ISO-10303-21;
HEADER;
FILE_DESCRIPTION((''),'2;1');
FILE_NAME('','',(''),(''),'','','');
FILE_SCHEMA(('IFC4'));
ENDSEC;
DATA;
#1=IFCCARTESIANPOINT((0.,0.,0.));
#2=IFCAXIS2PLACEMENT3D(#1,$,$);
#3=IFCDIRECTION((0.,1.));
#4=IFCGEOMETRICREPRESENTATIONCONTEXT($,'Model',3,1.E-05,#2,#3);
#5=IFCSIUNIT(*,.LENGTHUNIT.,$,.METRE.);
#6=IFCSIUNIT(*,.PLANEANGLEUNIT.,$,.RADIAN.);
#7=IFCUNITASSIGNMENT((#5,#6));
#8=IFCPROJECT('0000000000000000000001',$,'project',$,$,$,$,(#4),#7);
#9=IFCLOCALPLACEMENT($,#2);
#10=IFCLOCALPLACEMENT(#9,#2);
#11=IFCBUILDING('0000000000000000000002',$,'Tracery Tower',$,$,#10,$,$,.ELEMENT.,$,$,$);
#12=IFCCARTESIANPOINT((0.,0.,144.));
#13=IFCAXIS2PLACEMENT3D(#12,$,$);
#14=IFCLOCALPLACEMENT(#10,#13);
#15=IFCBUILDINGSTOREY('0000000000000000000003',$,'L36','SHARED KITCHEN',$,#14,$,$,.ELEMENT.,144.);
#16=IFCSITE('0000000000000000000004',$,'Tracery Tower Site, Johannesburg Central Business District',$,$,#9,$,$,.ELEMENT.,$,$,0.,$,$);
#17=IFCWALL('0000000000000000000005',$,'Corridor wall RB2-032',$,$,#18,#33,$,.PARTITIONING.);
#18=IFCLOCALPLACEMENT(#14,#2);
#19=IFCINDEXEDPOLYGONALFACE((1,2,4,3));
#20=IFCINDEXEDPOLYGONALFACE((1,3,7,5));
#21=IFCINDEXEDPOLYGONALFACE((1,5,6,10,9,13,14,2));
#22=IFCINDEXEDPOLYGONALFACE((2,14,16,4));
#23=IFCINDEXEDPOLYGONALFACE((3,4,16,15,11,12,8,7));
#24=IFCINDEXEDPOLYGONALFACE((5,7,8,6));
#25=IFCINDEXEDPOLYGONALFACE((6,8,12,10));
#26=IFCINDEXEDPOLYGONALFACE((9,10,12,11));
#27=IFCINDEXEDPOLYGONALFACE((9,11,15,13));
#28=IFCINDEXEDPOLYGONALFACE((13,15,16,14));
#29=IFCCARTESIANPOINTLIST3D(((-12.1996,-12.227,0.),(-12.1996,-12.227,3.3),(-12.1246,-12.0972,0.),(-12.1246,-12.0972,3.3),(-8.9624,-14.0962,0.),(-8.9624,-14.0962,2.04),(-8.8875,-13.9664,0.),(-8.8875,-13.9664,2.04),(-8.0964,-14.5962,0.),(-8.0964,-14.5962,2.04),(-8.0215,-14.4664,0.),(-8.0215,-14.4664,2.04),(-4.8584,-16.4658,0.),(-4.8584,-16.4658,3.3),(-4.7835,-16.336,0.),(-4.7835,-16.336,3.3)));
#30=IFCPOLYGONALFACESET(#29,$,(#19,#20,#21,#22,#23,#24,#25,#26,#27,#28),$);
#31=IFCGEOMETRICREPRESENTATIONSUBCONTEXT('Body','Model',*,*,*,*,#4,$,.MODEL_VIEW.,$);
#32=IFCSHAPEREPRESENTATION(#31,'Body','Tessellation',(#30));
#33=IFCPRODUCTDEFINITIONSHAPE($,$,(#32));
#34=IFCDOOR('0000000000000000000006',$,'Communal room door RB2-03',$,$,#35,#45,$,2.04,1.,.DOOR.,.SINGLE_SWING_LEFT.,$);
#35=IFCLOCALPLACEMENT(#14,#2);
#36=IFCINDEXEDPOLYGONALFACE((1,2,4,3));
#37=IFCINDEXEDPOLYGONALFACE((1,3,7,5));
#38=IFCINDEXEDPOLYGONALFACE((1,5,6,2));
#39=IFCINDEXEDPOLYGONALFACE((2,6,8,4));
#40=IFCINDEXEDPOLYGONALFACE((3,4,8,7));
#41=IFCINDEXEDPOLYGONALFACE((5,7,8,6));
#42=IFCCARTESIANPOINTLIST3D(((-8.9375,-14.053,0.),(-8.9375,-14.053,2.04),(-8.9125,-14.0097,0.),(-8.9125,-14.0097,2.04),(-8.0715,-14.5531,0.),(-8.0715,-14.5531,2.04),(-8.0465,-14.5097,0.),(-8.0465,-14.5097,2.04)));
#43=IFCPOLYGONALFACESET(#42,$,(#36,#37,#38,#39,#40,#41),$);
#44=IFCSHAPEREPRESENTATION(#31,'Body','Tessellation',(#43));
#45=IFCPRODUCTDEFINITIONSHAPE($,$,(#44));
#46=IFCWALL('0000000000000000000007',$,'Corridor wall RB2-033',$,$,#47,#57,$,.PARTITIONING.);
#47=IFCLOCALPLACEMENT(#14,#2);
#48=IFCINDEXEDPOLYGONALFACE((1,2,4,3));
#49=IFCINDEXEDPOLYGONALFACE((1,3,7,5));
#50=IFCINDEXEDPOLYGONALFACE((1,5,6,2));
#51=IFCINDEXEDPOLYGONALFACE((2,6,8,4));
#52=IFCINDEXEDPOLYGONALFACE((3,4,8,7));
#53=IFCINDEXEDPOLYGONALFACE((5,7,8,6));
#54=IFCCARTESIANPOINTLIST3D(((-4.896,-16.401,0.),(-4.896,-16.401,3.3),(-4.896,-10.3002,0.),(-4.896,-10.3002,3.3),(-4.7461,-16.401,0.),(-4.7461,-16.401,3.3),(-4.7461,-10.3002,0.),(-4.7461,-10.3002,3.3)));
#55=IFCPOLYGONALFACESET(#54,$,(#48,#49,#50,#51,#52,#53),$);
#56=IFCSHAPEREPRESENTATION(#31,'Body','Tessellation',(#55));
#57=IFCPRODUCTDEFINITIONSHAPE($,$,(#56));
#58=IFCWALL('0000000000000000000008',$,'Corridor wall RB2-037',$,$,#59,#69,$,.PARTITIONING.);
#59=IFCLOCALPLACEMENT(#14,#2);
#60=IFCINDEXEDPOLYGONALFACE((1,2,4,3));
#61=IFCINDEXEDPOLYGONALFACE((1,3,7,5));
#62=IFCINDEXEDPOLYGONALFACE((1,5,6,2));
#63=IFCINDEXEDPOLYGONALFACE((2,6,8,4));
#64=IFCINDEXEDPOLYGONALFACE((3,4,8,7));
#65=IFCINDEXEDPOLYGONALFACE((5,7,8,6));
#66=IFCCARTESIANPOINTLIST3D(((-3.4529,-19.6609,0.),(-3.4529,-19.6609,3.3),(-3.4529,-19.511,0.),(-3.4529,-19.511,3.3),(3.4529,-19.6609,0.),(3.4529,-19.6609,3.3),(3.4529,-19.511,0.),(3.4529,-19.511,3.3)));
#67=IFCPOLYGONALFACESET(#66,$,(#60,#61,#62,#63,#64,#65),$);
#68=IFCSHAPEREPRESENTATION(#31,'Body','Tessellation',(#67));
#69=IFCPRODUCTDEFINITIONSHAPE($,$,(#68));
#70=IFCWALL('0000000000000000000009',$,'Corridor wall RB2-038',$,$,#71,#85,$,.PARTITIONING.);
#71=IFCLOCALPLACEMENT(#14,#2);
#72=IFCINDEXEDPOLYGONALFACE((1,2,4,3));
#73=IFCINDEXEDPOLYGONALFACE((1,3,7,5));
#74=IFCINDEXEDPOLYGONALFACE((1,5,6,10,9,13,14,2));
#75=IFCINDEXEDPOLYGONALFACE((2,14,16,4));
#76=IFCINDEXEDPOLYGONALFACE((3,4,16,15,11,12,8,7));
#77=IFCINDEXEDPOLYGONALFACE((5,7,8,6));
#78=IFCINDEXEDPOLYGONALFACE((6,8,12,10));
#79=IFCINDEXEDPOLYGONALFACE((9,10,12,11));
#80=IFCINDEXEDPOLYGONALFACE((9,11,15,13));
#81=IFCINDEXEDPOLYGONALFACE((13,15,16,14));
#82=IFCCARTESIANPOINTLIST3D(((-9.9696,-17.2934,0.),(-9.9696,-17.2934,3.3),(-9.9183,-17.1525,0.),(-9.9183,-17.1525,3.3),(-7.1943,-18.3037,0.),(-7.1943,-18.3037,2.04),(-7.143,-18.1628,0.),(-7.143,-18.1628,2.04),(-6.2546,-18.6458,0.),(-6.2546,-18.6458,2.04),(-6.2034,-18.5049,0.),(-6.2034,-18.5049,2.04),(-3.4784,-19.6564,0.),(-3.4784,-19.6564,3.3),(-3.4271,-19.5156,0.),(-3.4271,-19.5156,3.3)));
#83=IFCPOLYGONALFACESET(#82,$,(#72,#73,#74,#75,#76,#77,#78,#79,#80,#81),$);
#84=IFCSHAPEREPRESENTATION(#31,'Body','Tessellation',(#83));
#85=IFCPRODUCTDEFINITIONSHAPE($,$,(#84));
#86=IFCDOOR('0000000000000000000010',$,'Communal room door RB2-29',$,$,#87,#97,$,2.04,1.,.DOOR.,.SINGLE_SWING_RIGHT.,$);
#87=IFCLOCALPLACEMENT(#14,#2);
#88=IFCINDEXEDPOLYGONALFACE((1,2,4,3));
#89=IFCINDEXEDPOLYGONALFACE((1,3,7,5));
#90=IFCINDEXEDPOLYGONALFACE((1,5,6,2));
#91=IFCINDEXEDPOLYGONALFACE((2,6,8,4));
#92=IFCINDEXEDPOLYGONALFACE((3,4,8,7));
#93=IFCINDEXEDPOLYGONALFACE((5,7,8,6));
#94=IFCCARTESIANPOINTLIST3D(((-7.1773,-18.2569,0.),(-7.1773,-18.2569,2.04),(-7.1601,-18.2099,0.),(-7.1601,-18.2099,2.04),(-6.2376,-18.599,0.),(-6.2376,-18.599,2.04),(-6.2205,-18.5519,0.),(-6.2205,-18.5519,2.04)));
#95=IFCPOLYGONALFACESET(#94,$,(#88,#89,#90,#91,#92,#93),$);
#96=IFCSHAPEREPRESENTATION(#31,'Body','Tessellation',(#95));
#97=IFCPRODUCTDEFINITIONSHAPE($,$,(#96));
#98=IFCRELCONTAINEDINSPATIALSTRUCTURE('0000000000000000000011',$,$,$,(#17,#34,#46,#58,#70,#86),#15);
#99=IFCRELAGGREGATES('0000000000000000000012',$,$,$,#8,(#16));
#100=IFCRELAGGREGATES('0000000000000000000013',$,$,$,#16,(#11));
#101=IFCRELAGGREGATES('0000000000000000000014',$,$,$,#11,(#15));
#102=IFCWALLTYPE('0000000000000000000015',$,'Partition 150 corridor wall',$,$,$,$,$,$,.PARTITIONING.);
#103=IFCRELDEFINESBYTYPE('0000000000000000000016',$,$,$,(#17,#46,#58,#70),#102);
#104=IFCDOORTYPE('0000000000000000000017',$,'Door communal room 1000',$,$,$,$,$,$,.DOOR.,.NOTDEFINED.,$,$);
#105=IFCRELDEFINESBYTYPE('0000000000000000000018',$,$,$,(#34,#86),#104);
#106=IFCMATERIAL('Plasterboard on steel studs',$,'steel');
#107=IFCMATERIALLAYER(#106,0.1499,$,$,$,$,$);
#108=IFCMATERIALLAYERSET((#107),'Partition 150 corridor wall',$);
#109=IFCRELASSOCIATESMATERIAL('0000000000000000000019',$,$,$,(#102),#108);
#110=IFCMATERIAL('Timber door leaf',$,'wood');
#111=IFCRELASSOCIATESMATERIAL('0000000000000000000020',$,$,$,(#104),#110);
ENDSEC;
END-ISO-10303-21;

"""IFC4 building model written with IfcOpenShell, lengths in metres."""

from ifc_helpers import new_model, si_unit, direction, frame, frame_2d, origin, place, context, subcontext, project, spatial, rectangle, extrude, material, layer, layer_set, type_object, element, fill, save


model = new_model("IFC4")

# Units and contexts
model_context = context("Model", 3, precision=1e-05, world=origin(), true_north=direction((0.0, 1.0)))
body_context = subcontext(model_context, "Body", "Model", "MODEL_VIEW")
ifc_project = project(units=[si_unit("LENGTHUNIT", "METRE"), si_unit("PLANEANGLEUNIT", "RADIAN")], contexts=[model_context])

# Site, building, storey
site_placement = place(None, origin())
site = spatial("IfcSite", under=ifc_project, at=site_placement, Name="Tracery Tower Site, Johannesburg Central Business District", CompositionType="ELEMENT", RefElevation=0.0)
building_placement = place(site_placement, origin())
building = spatial("IfcBuilding", under=site, at=building_placement, Name="Tracery Tower", CompositionType="ELEMENT")
storey_placement = place(building_placement, frame((0.0, 0.0, 144.0)))
storey = spatial("IfcBuildingStorey", under=building, at=storey_placement, Name="L36", Description="SHARED KITCHEN", CompositionType="ELEMENT", Elevation=144.0)

# Shared definitions
ifc_material_1 = material(Name="Plasterboard on steel studs", Category="steel")
ifc_layer_1 = layer(ifc_material_1, 0.1499)
ifc_layer_set_1 = layer_set([ifc_layer_1], Name="Partition 150 corridor wall")
wall_type_1 = type_object("IfcWallType", Name="Partition 150 corridor wall", PredefinedType="PARTITIONING", material=ifc_layer_set_1)

# Wall, opening, door
wall_1_placement = place(storey_placement, frame((-12.1621, -12.1621, 0.0), z_axis=(0.0, 0.0, 1.0), x_axis=(0.866005, -0.500036, 0.0)))
wall_1 = element("IfcWall", 1, at=wall_1_placement, inside=storey, type_object=wall_type_1, Name="Corridor wall RB2-032", PredefinedType="PARTITIONING", context=body_context, shape_type="SweptSolid", body=[
    extrude(rectangle(XDim=8.4771, YDim=0.1499, at=frame_2d((4.2385, 0.0))), origin(), (0.0, 0.0, 1.0), 3.3),
])
opening_1_placement = place(wall_1_placement, frame((3.738, 0.0, 0.0)))
opening_1 = element("IfcOpeningElement", 2, at=opening_1_placement, cuts=wall_1, PredefinedType="OPENING", context=body_context, shape_type="SweptSolid", body=[
    extrude(rectangle(XDim=1.0, YDim=2.04, at=frame_2d((0.5, 1.02))), frame((0.0, 0.075, 0.0), z_axis=(0.0, -1.0, 0.0), x_axis=(1.0, 0.0, 0.0)), (0.0, 0.0, 1.0), 0.1499),
])
ifc_material_2 = material(Name="Timber door leaf", Category="wood")
door_type = type_object("IfcDoorType", Name="Door communal room 1000", OperationType="NOTDEFINED", PredefinedType="DOOR", material=ifc_material_2)
door_1_placement = place(opening_1_placement, origin())
door_1 = element("IfcDoor", 3, at=door_1_placement, inside=storey, type_object=door_type, Name="Communal room door RB2-03", OperationType="SINGLE_SWING_LEFT", OverallHeight=2.04, OverallWidth=1.0, PredefinedType="DOOR", context=body_context, shape_type="SweptSolid", body=[
    extrude(rectangle(XDim=1.0, YDim=2.04, at=frame_2d((0.5, 1.02))), frame((0.0, 0.0249, 0.0), z_axis=(0.0, -1.0, 0.0), x_axis=(1.0, 0.0, 0.0)), (0.0, 0.0, 1.0), 0.05),
])
fill(opening_1, door_1)

# Walls
wall_2_placement = place(storey_placement, frame((-4.821, -16.4009, 0.0), z_axis=(0.0, 0.0, 1.0), x_axis=(0.0, 1.0, 0.0)))
element("IfcWall", 4, at=wall_2_placement, inside=storey, type_object=wall_type_1, Name="Corridor wall RB2-033", PredefinedType="PARTITIONING", context=body_context, shape_type="SweptSolid", body=[
    extrude(rectangle(XDim=6.1008, YDim=0.1499, at=frame_2d((3.0503, 0.0))), origin(), (0.0, 0.0, 1.0), 3.3),
])
wall_3_placement = place(storey_placement, frame((-3.4529, -19.5859, 0.0), z_axis=(0.0, 0.0, 1.0), x_axis=(1.0, 0.0, 0.0)))
element("IfcWall", 5, at=wall_3_placement, inside=storey, type_object=wall_type_1, Name="Corridor wall RB2-037", PredefinedType="PARTITIONING", context=body_context, shape_type="SweptSolid", body=[
    extrude(rectangle(XDim=6.9058, YDim=0.1499, at=frame_2d((3.4529, 0.0))), origin(), (0.0, 0.0, 1.0), 3.3),
])

# Wall, opening, door
wall_4_placement = place(storey_placement, frame((-9.9441, -17.2229, 0.0), z_axis=(0.0, 0.0, 1.0), x_axis=(0.939673, -0.342075, 0.0)))
wall_4 = element("IfcWall", 6, at=wall_4_placement, inside=storey, type_object=wall_type_1, Name="Corridor wall RB2-038", PredefinedType="PARTITIONING", context=body_context, shape_type="SweptSolid", body=[
    extrude(rectangle(XDim=6.908, YDim=0.1499, at=frame_2d((3.4541, 0.0))), origin(), (0.0, 0.0, 1.0), 3.3),
])
opening_2_placement = place(wall_4_placement, frame((2.9536, 0.0, 0.0)))
opening_2 = element("IfcOpeningElement", 7, at=opening_2_placement, cuts=wall_4, PredefinedType="OPENING", context=body_context, shape_type="SweptSolid", body=[
    extrude(rectangle(XDim=1.0, YDim=2.04, at=frame_2d((0.5, 1.02))), frame((0.0, 0.075, 0.0), z_axis=(0.0, -1.0, 0.0), x_axis=(1.0, 0.0, 0.0)), (0.0, 0.0, 1.0), 0.1499),
])
door_2_placement = place(opening_2_placement, origin())
door_2 = element("IfcDoor", 8, at=door_2_placement, inside=storey, type_object=door_type, Name="Communal room door RB2-29", OperationType="SINGLE_SWING_RIGHT", OverallHeight=2.04, OverallWidth=1.0, PredefinedType="DOOR", context=body_context, shape_type="SweptSolid", body=[
    extrude(rectangle(XDim=1.0, YDim=2.04, at=frame_2d((0.5, 1.02))), frame((0.0, 0.0249, 0.0), z_axis=(0.0, -1.0, 0.0), x_axis=(1.0, 0.0, 0.0)), (0.0, 0.0, 1.0), 0.05),
])
fill(opening_2, door_2)

save(model, "model.ifc")
